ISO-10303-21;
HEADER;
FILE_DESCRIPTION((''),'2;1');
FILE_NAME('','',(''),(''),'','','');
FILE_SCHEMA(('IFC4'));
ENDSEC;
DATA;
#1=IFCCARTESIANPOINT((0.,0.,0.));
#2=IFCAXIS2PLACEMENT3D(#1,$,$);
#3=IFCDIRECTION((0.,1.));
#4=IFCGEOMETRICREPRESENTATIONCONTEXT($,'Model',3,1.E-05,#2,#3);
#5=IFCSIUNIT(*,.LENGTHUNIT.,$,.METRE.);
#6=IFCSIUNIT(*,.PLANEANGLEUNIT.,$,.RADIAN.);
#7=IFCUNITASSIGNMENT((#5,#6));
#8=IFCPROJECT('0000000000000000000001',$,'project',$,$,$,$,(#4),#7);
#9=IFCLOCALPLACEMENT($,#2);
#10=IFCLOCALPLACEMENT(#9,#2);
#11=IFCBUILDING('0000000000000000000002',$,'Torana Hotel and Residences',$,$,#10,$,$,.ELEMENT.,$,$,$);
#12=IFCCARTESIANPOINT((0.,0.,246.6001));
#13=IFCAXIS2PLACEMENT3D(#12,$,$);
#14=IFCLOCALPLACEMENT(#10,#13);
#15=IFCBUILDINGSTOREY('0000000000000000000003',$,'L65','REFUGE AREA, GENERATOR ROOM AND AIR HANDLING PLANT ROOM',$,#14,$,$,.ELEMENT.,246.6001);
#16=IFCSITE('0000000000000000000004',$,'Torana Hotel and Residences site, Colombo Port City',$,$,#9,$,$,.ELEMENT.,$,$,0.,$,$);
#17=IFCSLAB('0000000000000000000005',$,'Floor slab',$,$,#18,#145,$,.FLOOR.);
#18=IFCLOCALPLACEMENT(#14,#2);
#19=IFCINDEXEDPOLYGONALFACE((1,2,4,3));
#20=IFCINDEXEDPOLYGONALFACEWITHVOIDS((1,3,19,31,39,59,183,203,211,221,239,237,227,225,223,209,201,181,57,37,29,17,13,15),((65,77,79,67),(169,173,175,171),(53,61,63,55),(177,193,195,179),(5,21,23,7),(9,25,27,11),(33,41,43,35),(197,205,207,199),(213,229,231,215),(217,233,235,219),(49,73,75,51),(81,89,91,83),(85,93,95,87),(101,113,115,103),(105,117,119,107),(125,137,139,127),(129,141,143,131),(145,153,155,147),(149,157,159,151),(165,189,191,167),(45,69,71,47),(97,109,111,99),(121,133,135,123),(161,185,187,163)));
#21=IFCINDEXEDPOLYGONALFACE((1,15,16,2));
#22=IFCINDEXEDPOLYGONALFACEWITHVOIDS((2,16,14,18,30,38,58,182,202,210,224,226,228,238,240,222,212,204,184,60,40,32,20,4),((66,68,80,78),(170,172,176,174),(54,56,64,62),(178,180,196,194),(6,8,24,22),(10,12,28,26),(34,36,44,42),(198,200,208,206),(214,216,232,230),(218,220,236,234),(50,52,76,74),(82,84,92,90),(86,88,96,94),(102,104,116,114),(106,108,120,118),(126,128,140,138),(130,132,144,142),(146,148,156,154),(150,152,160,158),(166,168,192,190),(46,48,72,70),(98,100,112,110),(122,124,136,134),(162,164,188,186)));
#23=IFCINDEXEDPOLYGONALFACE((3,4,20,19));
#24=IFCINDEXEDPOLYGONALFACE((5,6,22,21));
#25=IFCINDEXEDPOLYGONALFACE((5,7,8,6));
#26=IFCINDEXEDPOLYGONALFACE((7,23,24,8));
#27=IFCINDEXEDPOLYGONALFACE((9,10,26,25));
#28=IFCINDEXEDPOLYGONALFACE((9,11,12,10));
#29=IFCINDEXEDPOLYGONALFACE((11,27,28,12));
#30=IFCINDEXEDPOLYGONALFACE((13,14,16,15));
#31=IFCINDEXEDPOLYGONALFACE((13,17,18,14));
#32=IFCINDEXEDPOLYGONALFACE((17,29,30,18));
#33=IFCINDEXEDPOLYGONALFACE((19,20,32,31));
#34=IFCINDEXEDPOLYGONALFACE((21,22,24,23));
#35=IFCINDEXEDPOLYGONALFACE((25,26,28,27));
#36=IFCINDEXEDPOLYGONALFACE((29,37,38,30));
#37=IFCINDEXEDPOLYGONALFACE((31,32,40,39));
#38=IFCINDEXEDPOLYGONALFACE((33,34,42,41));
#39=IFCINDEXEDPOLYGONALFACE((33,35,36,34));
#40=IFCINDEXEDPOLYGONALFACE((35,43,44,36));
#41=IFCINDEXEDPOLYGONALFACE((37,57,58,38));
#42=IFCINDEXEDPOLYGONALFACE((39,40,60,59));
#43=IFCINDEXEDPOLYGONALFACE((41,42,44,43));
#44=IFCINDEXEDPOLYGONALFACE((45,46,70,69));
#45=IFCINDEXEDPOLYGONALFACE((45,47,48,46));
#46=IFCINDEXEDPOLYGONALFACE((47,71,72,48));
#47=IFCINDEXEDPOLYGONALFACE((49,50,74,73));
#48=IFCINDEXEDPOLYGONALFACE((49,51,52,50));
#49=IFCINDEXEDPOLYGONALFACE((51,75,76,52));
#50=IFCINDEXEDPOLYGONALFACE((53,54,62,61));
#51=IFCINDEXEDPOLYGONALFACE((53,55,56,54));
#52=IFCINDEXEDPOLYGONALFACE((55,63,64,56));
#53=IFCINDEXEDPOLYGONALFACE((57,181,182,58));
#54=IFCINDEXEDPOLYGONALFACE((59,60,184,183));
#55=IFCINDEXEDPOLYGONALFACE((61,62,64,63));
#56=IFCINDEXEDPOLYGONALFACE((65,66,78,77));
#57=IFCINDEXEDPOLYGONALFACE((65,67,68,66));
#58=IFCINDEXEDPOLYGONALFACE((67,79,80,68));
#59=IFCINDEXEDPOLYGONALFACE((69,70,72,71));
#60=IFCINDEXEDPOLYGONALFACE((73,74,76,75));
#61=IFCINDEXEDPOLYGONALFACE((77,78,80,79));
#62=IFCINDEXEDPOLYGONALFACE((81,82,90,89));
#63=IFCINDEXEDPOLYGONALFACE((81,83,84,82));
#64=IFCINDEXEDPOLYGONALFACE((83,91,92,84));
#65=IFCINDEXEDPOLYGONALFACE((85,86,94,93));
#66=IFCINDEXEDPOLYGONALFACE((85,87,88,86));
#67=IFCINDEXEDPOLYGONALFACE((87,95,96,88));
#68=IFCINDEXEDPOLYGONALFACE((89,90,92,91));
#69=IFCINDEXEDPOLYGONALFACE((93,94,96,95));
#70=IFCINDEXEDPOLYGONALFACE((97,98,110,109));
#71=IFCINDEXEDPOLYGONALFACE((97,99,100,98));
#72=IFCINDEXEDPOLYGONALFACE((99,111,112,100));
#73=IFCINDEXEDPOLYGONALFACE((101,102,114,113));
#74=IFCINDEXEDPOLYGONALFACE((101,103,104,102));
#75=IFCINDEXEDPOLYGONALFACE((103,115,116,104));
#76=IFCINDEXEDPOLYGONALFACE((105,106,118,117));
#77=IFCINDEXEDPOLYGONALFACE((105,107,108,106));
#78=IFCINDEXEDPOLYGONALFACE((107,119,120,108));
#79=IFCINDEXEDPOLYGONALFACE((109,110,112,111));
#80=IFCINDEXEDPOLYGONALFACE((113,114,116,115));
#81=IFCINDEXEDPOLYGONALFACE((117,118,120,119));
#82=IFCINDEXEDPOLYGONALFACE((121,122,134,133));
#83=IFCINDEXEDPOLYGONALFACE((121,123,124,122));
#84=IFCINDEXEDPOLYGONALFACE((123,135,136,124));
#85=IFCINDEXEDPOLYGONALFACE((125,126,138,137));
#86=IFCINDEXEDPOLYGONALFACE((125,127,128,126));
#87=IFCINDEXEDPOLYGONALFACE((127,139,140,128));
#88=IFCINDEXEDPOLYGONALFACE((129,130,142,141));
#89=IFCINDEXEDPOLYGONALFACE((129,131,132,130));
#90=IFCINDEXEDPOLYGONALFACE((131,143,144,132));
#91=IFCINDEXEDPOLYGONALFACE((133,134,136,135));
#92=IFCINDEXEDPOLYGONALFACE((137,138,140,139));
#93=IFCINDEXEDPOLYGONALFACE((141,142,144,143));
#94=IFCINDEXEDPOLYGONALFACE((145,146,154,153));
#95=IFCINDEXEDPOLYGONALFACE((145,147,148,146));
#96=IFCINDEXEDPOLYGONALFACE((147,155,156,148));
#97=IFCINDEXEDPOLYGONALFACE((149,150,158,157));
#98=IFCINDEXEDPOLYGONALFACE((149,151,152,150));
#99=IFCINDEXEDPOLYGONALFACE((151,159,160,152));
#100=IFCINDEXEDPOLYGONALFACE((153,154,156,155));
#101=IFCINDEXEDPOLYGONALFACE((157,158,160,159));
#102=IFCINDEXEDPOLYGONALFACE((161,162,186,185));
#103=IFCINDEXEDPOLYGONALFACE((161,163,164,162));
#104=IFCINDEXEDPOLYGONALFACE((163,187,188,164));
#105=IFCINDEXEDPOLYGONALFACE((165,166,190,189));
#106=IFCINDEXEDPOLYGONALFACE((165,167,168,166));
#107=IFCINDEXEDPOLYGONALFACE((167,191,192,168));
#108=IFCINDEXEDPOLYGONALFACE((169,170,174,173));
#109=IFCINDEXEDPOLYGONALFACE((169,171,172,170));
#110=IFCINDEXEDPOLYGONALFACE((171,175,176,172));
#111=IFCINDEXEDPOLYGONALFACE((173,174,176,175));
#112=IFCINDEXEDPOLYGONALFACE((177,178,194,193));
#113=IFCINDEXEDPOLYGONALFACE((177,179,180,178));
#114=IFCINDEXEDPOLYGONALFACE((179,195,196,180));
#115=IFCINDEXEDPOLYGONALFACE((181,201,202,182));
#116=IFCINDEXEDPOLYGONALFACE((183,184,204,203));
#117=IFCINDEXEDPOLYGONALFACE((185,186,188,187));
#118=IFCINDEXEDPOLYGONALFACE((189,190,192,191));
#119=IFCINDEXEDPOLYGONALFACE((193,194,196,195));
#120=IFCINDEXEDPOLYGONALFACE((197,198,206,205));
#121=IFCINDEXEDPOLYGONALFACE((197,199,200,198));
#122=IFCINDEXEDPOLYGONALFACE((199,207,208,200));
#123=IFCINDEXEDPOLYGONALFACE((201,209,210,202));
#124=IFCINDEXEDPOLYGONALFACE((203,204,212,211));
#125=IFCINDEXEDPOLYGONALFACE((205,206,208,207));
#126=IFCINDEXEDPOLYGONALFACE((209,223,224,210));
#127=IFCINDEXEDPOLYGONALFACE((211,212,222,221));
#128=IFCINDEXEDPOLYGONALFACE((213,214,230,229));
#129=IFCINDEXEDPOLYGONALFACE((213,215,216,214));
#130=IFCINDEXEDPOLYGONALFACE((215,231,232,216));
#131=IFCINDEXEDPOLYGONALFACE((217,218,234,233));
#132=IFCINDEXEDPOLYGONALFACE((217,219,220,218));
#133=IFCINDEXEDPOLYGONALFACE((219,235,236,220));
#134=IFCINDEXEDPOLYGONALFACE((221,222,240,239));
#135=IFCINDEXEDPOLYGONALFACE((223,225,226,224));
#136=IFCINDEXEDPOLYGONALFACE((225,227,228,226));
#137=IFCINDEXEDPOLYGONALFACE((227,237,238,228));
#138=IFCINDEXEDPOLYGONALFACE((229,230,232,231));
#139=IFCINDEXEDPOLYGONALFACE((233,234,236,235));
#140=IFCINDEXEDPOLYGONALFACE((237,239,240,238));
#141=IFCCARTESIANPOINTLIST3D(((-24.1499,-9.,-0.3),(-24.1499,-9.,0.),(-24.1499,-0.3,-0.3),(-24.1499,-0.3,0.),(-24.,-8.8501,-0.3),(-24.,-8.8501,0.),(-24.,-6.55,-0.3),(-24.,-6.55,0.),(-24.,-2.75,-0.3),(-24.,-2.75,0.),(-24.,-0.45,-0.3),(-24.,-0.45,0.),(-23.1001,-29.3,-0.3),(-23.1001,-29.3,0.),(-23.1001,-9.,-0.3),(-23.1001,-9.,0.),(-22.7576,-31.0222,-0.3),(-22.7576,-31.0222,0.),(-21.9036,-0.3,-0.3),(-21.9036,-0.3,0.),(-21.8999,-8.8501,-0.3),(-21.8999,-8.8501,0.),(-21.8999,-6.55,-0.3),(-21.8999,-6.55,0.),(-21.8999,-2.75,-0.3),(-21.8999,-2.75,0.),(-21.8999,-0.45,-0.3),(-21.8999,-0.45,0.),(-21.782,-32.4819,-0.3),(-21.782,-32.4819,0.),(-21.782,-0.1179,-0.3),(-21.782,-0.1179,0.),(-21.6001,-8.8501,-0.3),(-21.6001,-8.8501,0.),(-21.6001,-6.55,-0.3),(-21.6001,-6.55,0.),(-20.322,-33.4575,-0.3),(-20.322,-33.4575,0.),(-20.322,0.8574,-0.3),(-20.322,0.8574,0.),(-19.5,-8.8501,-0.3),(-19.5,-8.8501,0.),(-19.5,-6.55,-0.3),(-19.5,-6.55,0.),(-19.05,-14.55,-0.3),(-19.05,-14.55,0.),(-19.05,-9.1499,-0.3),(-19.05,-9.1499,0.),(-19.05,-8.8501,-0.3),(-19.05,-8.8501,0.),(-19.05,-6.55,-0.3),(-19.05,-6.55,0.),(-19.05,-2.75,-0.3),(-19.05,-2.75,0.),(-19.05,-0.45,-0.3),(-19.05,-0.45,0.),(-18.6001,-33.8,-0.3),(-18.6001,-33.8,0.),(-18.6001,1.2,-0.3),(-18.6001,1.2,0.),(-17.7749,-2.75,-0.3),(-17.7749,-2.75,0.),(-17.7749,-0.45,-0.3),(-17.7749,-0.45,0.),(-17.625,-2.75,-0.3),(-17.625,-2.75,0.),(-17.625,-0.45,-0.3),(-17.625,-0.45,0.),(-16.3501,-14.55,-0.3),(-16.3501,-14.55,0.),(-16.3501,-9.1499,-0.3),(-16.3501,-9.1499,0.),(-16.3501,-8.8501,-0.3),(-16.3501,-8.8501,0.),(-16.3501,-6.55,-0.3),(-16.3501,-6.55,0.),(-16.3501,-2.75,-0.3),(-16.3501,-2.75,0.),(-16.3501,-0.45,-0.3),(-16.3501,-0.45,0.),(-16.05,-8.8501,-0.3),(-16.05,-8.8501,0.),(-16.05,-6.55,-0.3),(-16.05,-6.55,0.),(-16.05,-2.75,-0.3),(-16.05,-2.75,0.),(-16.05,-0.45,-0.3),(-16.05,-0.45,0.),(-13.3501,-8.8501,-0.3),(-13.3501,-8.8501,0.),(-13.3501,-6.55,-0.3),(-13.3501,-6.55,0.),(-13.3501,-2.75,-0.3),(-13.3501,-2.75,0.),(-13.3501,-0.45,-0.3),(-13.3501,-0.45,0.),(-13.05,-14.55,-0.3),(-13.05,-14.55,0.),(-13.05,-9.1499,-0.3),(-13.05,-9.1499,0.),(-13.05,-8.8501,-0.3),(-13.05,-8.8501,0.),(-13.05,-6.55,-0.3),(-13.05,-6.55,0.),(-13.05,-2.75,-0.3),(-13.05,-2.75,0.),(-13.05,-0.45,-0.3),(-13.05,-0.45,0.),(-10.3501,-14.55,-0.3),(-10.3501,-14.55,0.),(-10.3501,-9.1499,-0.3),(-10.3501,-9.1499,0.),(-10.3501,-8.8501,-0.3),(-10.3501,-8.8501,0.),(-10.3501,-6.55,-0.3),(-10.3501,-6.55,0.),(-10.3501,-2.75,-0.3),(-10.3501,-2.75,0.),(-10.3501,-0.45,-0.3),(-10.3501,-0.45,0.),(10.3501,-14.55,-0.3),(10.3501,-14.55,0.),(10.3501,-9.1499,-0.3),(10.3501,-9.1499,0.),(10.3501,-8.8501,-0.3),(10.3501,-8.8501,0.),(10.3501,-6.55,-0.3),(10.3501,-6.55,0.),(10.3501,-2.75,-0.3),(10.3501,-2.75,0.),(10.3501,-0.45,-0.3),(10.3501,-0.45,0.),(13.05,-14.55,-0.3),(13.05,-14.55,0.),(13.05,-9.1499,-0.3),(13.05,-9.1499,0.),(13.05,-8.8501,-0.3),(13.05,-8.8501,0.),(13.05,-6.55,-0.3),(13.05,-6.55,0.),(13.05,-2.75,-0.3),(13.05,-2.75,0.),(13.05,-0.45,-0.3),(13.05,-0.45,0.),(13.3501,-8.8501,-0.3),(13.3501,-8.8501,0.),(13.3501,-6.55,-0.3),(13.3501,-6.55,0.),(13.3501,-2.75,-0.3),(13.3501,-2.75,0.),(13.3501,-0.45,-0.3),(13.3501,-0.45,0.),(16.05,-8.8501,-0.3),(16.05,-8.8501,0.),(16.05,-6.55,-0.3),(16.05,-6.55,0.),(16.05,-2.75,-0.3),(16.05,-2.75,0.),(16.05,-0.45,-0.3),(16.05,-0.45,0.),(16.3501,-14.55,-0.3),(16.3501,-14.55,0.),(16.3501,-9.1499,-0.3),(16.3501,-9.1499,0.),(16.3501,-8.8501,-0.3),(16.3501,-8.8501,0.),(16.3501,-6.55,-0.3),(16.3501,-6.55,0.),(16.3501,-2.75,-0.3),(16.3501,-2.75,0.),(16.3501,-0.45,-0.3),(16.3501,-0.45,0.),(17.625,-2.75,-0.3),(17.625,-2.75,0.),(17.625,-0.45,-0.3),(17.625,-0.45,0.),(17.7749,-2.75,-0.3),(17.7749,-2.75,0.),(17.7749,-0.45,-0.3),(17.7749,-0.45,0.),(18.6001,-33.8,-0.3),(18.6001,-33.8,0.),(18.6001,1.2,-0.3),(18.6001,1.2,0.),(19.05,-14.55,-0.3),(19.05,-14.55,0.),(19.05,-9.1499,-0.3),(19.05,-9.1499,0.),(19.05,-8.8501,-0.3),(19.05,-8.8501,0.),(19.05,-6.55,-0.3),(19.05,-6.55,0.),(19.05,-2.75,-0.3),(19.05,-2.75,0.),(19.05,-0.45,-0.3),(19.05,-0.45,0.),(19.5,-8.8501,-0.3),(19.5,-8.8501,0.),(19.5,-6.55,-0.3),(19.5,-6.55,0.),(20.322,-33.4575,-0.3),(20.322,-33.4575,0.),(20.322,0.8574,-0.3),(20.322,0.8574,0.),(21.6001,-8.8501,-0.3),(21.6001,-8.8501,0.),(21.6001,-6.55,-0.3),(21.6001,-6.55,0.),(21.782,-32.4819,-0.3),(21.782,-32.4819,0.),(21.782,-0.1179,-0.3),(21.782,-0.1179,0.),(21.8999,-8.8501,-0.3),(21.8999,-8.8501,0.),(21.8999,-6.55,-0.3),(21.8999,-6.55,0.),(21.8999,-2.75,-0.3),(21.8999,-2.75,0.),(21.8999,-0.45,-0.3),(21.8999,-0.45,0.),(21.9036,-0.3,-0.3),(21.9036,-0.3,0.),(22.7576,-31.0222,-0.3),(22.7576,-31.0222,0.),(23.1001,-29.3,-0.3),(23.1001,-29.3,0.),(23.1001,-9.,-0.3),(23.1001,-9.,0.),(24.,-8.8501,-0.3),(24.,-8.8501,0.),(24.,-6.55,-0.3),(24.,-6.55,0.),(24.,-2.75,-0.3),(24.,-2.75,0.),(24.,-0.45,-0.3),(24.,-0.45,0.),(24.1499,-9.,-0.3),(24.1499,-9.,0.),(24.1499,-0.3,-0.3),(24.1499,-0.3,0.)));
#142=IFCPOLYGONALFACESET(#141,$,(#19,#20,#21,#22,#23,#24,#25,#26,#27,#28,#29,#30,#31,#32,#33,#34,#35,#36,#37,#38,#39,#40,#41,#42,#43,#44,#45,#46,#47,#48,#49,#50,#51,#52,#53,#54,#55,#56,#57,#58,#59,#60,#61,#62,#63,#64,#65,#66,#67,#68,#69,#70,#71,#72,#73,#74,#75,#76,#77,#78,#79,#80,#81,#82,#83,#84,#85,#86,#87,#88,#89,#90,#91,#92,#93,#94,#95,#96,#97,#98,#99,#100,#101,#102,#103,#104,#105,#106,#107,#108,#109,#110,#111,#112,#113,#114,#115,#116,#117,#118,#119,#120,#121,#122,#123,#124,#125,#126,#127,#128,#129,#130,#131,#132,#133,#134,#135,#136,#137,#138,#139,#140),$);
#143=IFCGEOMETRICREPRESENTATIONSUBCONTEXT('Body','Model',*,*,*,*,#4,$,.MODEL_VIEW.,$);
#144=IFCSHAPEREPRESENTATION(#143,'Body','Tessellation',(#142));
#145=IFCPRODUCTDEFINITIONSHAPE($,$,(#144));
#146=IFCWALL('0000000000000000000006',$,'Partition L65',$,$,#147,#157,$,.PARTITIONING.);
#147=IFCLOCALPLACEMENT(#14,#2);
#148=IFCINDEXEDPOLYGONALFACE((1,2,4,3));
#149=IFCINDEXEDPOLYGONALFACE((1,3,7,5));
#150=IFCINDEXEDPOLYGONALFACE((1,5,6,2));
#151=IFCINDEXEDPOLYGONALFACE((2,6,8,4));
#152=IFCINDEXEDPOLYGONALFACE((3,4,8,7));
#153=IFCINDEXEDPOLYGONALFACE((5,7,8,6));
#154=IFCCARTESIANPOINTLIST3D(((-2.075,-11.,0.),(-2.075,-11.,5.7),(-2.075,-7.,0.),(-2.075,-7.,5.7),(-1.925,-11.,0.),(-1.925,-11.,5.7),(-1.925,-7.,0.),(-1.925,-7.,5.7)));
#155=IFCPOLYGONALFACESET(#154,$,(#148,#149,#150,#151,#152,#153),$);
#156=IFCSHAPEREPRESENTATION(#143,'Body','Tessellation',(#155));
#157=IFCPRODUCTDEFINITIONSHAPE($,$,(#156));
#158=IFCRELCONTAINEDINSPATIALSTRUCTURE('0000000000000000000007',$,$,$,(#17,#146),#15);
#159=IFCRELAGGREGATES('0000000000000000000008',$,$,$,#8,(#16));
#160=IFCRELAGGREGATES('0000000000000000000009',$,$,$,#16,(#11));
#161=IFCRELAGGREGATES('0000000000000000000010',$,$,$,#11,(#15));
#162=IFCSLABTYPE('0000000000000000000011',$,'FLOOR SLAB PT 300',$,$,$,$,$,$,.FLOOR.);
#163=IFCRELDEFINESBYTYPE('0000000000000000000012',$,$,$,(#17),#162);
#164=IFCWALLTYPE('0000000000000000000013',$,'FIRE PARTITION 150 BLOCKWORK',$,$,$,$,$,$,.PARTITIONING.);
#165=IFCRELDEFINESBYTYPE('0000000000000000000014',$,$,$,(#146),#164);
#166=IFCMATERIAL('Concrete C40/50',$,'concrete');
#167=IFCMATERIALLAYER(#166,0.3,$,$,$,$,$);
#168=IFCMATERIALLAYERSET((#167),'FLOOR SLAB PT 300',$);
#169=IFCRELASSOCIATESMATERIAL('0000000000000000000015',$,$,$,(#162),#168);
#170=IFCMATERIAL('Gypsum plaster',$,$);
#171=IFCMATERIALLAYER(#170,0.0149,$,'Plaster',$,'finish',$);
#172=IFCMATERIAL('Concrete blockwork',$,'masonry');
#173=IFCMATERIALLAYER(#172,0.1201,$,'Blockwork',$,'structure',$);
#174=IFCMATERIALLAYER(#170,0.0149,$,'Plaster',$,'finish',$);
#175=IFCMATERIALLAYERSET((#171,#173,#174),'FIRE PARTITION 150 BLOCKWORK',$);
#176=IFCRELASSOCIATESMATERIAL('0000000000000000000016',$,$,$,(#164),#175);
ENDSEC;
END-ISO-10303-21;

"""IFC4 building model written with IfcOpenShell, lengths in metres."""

from ifc_helpers import new_model, si_unit, direction, frame, frame_2d, origin, place, context, subcontext, project, spatial, polyline, rectangle, outline, extrude, material, layer, layer_set, type_object, element, save


model = new_model("IFC4")

# Units and contexts
model_context = context("Model", 3, precision=1e-05, world=origin(), true_north=direction((0.0, 1.0)))
body_context = subcontext(model_context, "Body", "Model", "MODEL_VIEW")
ifc_project = project(units=[si_unit("LENGTHUNIT", "METRE"), si_unit("PLANEANGLEUNIT", "RADIAN")], contexts=[model_context])

# Site, building, storey
site_placement = place(None, origin())
site = spatial("IfcSite", under=ifc_project, at=site_placement, Name="Torana Hotel and Residences site, Colombo Port City", CompositionType="ELEMENT", RefElevation=0.0)
building_placement = place(site_placement, origin())
building = spatial("IfcBuilding", under=site, at=building_placement, Name="Torana Hotel and Residences", CompositionType="ELEMENT")
storey_placement = place(building_placement, frame((0.0, 0.0, 246.6001)))
storey = spatial("IfcBuildingStorey", under=building, at=storey_placement, Name="L65", Description="REFUGE AREA, GENERATOR ROOM AND AIR HANDLING PLANT ROOM", CompositionType="ELEMENT", Elevation=246.6001)

# Slab
ifc_material_1 = material(Name="Concrete C40/50", Category="concrete")
ifc_layer_1 = layer(ifc_material_1, 0.3)
ifc_layer_set_1 = layer_set([ifc_layer_1], Name="FLOOR SLAB PT 300")
slab_type = type_object("IfcSlabType", Name="FLOOR SLAB PT 300", PredefinedType="FLOOR", material=ifc_layer_set_1)
slab_placement = place(storey_placement, frame((0.0, 0.0, -0.3)))
element("IfcSlab", 1, at=slab_placement, inside=storey, type_object=slab_type, Name="Floor slab", PredefinedType="FLOOR", context=body_context, shape_type="SweptSolid", body=[
    extrude(outline(polyline([(-21.782, -0.1179), (-21.9036, -0.3), (-24.1499, -0.3), (-24.1499, -9.0), (-23.1001, -9.0), (-23.1001, -29.3), (-22.7576, -31.0222), (-21.782, -32.4819), (-20.322, -33.4575), (-18.6001, -33.8), (18.6001, -33.8), (20.322, -33.4575), (21.782, -32.4819), (22.7576, -31.0222), (23.1001, -29.3), (23.1001, -9.0), (24.1499, -9.0), (24.1499, -0.3), (21.9036, -0.3), (21.782, -0.1179), (20.322, 0.8574), (18.6001, 1.2), (-18.6001, 1.2), (-20.322, 0.8574), (-21.782, -0.1179)]), holes=[polyline([(-13.05, -14.55), (-10.3501, -14.55), (-10.3501, -9.1499), (-13.05, -9.1499), (-13.05, -14.55)]), polyline([(-19.05, -14.55), (-16.3501, -14.55), (-16.3501, -9.1499), (-19.05, -9.1499), (-19.05, -14.55)]), polyline([(-17.625, -2.75), (-16.3501, -2.75), (-16.3501, -0.45), (-17.625, -0.45), (-17.625, -2.75)]), polyline([(-19.05, -2.75), (-17.7749, -2.75), (-17.7749, -0.45), (-19.05, -0.45), (-19.05, -2.75)]), polyline([(-21.6001, -8.8501), (-19.5, -8.8501), (-19.5, -6.55), (-21.6001, -6.55), (-21.6001, -8.8501)]), polyline([(-24.0, -2.75), (-21.8999, -2.75), (-21.8999, -0.45), (-24.0, -0.45), (-24.0, -2.75)]), polyline([(-24.0, -8.8501), (-21.8999, -8.8501), (-21.8999, -6.55), (-24.0, -6.55), (-24.0, -8.8501)]), polyline([(-13.05, -2.75), (-10.3501, -2.75), (-10.3501, -0.45), (-13.05, -0.45), (-13.05, -2.75)]), polyline([(-16.05, -2.75), (-13.3501, -2.75), (-13.3501, -0.45), (-16.05, -0.45), (-16.05, -2.75)]), polyline([(-13.05, -8.8501), (-10.3501, -8.8501), (-10.3501, -6.55), (-13.05, -6.55), (-13.05, -8.8501)]), polyline([(-16.05, -8.8501), (-13.3501, -8.8501), (-13.3501, -6.55), (-16.05, -6.55), (-16.05, -8.8501)]), polyline([(-19.05, -8.8501), (-16.3501, -8.8501), (-16.3501, -6.55), (-19.05, -6.55), (-19.05, -8.8501)]), polyline([(10.3501, -14.55), (13.05, -14.55), (13.05, -9.1499), (10.3501, -9.1499), (10.3501, -14.55)]), polyline([(16.3501, -14.55), (19.05, -14.55), (19.05, -9.1499), (16.3501, -9.1499), (16.3501, -14.55)]), polyline([(16.3501, -2.75), (17.625, -2.75), (17.625, -0.45), (16.3501, -0.45), (16.3501, -2.75)]), polyline([(17.7749, -2.75), (19.05, -2.75), (19.05, -0.45), (17.7749, -0.45), (17.7749, -2.75)]), polyline([(19.5, -8.8501), (21.6001, -8.8501), (21.6001, -6.55), (19.5, -6.55), (19.5, -8.8501)]), polyline([(21.8999, -2.75), (24.0, -2.75), (24.0, -0.45), (21.8999, -0.45), (21.8999, -2.75)]), polyline([(21.8999, -8.8501), (24.0, -8.8501), (24.0, -6.55), (21.8999, -6.55), (21.8999, -8.8501)]), polyline([(10.3501, -2.75), (13.05, -2.75), (13.05, -0.45), (10.3501, -0.45), (10.3501, -2.75)]), polyline([(13.3501, -2.75), (16.05, -2.75), (16.05, -0.45), (13.3501, -0.45), (13.3501, -2.75)]), polyline([(10.3501, -8.8501), (13.05, -8.8501), (13.05, -6.55), (10.3501, -6.55), (10.3501, -8.8501)]), polyline([(13.3501, -8.8501), (16.05, -8.8501), (16.05, -6.55), (13.3501, -6.55), (13.3501, -8.8501)]), polyline([(16.3501, -8.8501), (19.05, -8.8501), (19.05, -6.55), (16.3501, -6.55), (16.3501, -8.8501)])]), origin(), (0.0, 0.0, 1.0), 0.3),
])

# Wall
ifc_material_2 = material(Name="Gypsum plaster")
ifc_layer_2 = layer(ifc_material_2, 0.0149, Name="Plaster", Category="finish")
ifc_material_3 = material(Name="Concrete blockwork", Category="masonry")
ifc_layer_3 = layer(ifc_material_3, 0.1201, Name="Blockwork", Category="structure")
ifc_layer_4 = layer(ifc_material_2, 0.0149, Name="Plaster", Category="finish")
ifc_layer_set_2 = layer_set([ifc_layer_2, ifc_layer_3, ifc_layer_4], Name="FIRE PARTITION 150 BLOCKWORK")
wall_type_1 = type_object("IfcWallType", Name="FIRE PARTITION 150 BLOCKWORK", PredefinedType="PARTITIONING", material=ifc_layer_set_2)
wall_1_placement = place(storey_placement, frame((-2.0, -11.0, 0.0), z_axis=(0.0, 0.0, 1.0), x_axis=(0.0, 1.0, 0.0)))
element("IfcWall", 2, at=wall_1_placement, inside=storey, type_object=wall_type_1, Name="Partition L65", PredefinedType="PARTITIONING", context=body_context, shape_type="SweptSolid", body=[
    extrude(rectangle(XDim=4.0, YDim=0.1499, at=frame_2d((2.0, 0.0))), origin(), (0.0, 0.0, 1.0), 5.7),
])

save(model, "model.ifc")
